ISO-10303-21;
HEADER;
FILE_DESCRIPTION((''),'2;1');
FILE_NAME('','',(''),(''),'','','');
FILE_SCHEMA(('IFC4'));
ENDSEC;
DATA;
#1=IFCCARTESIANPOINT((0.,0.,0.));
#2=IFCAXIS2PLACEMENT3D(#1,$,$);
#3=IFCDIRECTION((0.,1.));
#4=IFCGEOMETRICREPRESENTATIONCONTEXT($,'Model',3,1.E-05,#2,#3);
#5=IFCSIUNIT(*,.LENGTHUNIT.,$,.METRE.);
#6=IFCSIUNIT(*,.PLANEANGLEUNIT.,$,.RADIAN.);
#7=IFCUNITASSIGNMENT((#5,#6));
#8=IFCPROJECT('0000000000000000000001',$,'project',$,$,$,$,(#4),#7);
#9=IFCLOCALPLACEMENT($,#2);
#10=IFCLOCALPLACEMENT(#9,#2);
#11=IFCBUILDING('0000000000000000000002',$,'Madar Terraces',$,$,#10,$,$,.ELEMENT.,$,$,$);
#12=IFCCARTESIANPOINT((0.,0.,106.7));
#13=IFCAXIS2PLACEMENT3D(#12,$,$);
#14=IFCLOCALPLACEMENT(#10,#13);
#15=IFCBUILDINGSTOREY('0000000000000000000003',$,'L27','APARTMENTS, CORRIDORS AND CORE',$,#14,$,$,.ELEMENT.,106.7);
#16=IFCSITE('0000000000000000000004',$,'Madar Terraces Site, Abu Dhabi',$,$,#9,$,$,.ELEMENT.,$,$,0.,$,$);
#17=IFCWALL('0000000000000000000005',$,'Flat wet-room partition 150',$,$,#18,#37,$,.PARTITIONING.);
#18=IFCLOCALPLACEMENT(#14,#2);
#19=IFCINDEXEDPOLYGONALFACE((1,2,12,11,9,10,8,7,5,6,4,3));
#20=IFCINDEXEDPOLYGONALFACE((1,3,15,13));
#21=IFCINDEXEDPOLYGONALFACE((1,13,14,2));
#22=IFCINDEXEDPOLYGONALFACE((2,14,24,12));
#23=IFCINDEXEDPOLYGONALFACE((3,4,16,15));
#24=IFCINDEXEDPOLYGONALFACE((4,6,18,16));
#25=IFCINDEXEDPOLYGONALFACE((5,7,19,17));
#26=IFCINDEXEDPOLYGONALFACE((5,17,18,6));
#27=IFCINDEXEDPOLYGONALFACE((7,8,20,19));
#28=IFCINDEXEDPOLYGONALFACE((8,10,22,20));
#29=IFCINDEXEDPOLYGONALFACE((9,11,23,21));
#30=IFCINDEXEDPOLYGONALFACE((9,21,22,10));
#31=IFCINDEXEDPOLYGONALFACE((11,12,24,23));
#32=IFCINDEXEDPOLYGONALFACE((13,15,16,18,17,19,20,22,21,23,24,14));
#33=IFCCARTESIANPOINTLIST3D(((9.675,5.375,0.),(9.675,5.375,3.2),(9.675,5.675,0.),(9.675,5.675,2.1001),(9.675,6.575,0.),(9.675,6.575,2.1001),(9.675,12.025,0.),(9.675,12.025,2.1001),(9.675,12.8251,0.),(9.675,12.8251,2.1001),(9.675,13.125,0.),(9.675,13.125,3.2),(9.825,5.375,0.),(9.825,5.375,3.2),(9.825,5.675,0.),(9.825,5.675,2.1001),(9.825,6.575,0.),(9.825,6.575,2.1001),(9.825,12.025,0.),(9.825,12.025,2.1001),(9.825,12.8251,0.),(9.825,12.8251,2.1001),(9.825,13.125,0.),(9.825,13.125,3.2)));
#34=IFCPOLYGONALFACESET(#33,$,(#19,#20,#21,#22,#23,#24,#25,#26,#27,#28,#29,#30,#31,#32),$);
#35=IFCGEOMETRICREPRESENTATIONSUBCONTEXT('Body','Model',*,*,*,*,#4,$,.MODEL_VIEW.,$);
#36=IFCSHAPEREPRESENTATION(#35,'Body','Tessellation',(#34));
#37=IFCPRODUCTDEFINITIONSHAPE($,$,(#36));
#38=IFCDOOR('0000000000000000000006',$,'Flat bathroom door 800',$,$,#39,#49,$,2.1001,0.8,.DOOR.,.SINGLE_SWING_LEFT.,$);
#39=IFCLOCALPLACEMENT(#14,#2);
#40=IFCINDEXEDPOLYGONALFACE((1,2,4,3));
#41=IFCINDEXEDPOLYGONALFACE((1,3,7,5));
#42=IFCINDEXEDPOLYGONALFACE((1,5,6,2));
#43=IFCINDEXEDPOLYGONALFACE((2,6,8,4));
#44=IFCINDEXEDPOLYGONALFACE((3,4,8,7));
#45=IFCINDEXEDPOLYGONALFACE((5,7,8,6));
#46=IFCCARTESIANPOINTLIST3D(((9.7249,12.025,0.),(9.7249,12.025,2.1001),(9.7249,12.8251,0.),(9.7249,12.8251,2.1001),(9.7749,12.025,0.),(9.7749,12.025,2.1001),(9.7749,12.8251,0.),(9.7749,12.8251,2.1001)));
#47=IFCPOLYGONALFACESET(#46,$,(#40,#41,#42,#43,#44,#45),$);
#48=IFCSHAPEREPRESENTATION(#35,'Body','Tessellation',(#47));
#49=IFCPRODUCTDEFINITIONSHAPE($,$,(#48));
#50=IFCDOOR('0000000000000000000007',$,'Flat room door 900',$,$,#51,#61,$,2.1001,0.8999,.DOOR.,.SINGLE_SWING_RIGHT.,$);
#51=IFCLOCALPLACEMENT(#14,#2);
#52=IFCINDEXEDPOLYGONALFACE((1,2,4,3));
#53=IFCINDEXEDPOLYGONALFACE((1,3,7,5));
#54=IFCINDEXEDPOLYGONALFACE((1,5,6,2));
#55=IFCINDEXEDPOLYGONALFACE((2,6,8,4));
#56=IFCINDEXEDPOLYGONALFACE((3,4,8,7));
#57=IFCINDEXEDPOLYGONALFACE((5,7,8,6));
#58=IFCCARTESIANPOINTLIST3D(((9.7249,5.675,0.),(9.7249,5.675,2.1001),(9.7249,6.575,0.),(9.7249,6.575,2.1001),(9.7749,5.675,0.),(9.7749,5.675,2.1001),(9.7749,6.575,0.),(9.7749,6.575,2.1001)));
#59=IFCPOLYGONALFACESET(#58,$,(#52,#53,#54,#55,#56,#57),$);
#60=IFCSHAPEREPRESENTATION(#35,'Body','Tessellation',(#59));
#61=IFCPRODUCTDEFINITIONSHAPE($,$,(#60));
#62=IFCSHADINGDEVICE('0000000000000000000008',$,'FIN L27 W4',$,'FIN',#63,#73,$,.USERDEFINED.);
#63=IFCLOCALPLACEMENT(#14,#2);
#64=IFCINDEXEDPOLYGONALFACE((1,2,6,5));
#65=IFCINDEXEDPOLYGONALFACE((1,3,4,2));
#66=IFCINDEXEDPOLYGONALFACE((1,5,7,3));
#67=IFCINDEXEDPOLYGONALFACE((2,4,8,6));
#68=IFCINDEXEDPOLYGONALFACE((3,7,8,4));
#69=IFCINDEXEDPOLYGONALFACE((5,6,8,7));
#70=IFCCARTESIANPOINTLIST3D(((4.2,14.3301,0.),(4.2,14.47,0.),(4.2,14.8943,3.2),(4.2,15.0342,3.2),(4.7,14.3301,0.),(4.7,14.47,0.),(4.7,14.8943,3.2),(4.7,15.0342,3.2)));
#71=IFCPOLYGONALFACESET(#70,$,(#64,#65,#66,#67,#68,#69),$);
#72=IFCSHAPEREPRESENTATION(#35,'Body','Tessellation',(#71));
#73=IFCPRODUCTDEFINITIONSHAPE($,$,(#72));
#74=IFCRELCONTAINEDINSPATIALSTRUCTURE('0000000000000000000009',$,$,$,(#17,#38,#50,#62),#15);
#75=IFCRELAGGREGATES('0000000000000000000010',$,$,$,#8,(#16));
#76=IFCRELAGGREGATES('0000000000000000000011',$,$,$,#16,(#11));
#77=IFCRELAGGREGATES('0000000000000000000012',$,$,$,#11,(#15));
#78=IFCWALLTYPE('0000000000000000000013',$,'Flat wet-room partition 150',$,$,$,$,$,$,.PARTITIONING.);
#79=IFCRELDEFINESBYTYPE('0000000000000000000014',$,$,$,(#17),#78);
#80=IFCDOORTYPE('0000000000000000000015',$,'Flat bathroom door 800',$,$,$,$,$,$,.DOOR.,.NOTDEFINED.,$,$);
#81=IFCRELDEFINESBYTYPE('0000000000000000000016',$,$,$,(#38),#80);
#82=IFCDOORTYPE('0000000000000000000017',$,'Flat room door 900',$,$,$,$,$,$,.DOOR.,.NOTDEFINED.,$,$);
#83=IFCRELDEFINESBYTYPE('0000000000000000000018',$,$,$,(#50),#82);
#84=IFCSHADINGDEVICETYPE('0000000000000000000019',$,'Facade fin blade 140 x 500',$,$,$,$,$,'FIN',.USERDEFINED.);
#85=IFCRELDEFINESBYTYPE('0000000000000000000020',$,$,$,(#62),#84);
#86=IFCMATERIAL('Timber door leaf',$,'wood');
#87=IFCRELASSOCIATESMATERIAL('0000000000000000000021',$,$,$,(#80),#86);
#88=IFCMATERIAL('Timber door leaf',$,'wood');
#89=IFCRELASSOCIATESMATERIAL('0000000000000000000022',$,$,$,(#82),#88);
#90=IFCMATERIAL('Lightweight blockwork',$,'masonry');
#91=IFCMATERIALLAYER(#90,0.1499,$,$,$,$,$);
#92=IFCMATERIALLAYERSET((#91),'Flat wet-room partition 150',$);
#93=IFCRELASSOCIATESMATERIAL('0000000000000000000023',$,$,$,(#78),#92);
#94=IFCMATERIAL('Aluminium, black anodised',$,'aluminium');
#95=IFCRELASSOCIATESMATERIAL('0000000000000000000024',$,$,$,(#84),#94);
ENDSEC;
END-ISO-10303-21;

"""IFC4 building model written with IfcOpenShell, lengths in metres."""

from ifc_helpers import new_model, si_unit, direction, frame, frame_2d, origin, place, context, subcontext, project, spatial, polyline, rectangle, outline, extrude, material, layer, layer_set, type_object, element, fill, save


model = new_model("IFC4")

# Units and contexts
model_context = context("Model", 3, precision=1e-05, world=origin(), true_north=direction((0.0, 1.0)))
body_context = subcontext(model_context, "Body", "Model", "MODEL_VIEW")
ifc_project = project(units=[si_unit("LENGTHUNIT", "METRE"), si_unit("PLANEANGLEUNIT", "RADIAN")], contexts=[model_context])

# Site, building, storey
site_placement = place(None, origin())
site = spatial("IfcSite", under=ifc_project, at=site_placement, Name="Madar Terraces Site, Abu Dhabi", CompositionType="ELEMENT", RefElevation=0.0)
building_placement = place(site_placement, origin())
building = spatial("IfcBuilding", under=site, at=building_placement, Name="Madar Terraces", CompositionType="ELEMENT")
storey_placement = place(building_placement, frame((0.0, 0.0, 106.7)))
storey = spatial("IfcBuildingStorey", under=building, at=storey_placement, Name="L27", Description="APARTMENTS, CORRIDORS AND CORE", CompositionType="ELEMENT", Elevation=106.7)

# Shared definitions
ifc_material_1 = material(Name="Timber door leaf", Category="wood")
door_type_1 = type_object("IfcDoorType", Name="Flat bathroom door 800", OperationType="NOTDEFINED", PredefinedType="DOOR", material=ifc_material_1)
ifc_material_2 = material(Name="Timber door leaf", Category="wood")
door_type_2 = type_object("IfcDoorType", Name="Flat room door 900", OperationType="NOTDEFINED", PredefinedType="DOOR", material=ifc_material_2)

# Shared definitions
ifc_material_3 = material(Name="Lightweight blockwork", Category="masonry")
ifc_layer_1 = layer(ifc_material_3, 0.1499)
ifc_layer_set_1 = layer_set([ifc_layer_1], Name="Flat wet-room partition 150")
wall_type_1 = type_object("IfcWallType", Name="Flat wet-room partition 150", PredefinedType="PARTITIONING", material=ifc_layer_set_1)

# Wall, openings, doors
wall_1_placement = place(storey_placement, frame((9.75, 13.125, 0.0), z_axis=(0.0, 0.0, 1.0), x_axis=(0.0, -1.0, 0.0)))
wall_1 = element("IfcWall", 1, at=wall_1_placement, inside=storey, type_object=wall_type_1, Name="Flat wet-room partition 150", PredefinedType="PARTITIONING", context=body_context, shape_type="SweptSolid", body=[
    extrude(rectangle(XDim=7.75, YDim=0.1499, at=frame_2d((3.875, 0.0))), origin(), (0.0, 0.0, 1.0), 3.2),
])
opening_1_placement = place(wall_1_placement, frame((0.3, 0.0, 0.0)))
opening_1 = element("IfcOpeningElement", 2, at=opening_1_placement, cuts=wall_1, PredefinedType="OPENING", context=body_context, shape_type="SweptSolid", body=[
    extrude(rectangle(XDim=0.8, YDim=2.1001, at=frame_2d((0.3999, 1.05))), frame((0.0, 0.085, 0.0), z_axis=(0.0, -1.0, 0.0), x_axis=(1.0, 0.0, 0.0)), (0.0, 0.0, 1.0), 0.1699),
])
opening_2_placement = place(wall_1_placement, frame((6.55, 0.0, 0.0)))
opening_2 = element("IfcOpeningElement", 3, at=opening_2_placement, cuts=wall_1, PredefinedType="OPENING", context=body_context, shape_type="SweptSolid", body=[
    extrude(rectangle(XDim=0.8999, YDim=2.1001, at=frame_2d((0.45, 1.05))), frame((0.0, 0.085, 0.0), z_axis=(0.0, -1.0, 0.0), x_axis=(1.0, 0.0, 0.0)), (0.0, 0.0, 1.0), 0.1699),
])
door_1_placement = place(opening_1_placement, origin())
door_1 = element("IfcDoor", 4, at=door_1_placement, inside=storey, type_object=door_type_1, Name="Flat bathroom door 800", OperationType="SINGLE_SWING_LEFT", OverallHeight=2.1001, OverallWidth=0.8, PredefinedType="DOOR", context=body_context, shape_type="SweptSolid", body=[
    extrude(rectangle(XDim=0.8, YDim=2.1001, at=frame_2d((0.3999, 1.05))), frame((0.0, 0.0249, 0.0), z_axis=(0.0, -1.0, 0.0), x_axis=(1.0, 0.0, 0.0)), (0.0, 0.0, 1.0), 0.05),
])
fill(opening_1, door_1)
door_2_placement = place(opening_2_placement, origin())
door_2 = element("IfcDoor", 5, at=door_2_placement, inside=storey, type_object=door_type_2, Name="Flat room door 900", OperationType="SINGLE_SWING_RIGHT", OverallHeight=2.1001, OverallWidth=0.8999, PredefinedType="DOOR", context=body_context, shape_type="SweptSolid", body=[
    extrude(rectangle(XDim=0.8999, YDim=2.1001, at=frame_2d((0.45, 1.05))), frame((0.0, 0.0249, 0.0), z_axis=(0.0, -1.0, 0.0), x_axis=(1.0, 0.0, 0.0)), (0.0, 0.0, 1.0), 0.05),
])
fill(opening_2, door_2)

# Shading device
ifc_material_4 = material(Name="Aluminium, black anodised", Category="aluminium")
shading_device_type = type_object("IfcShadingDeviceType", Name="Facade fin blade 140 x 500", ElementType="FIN", PredefinedType="USERDEFINED", material=ifc_material_4)
shading_device_placement = place(storey_placement, frame((4.45, 14.47, 0.0), z_axis=(0.0, 0.0, 1.0), x_axis=(0.0, -1.0, 0.0)))
element("IfcShadingDevice", 6, at=shading_device_placement, inside=storey, type_object=shading_device_type, Name="FIN L27 W4", ObjectType="FIN", PredefinedType="USERDEFINED", context=body_context, shape_type="SweptSolid", body=[
    extrude(outline(polyline([(0.0, 0.0), (0.1399, 0.0), (-0.4243, 3.2), (-0.5642, 3.2), (0.0, 0.0)])), frame((0.0, 0.25, 0.0), z_axis=(0.0, -1.0, 0.0), x_axis=(1.0, 0.0, 0.0)), (0.0, 0.0, 1.0), 0.5),
])

save(model, "model.ifc")
